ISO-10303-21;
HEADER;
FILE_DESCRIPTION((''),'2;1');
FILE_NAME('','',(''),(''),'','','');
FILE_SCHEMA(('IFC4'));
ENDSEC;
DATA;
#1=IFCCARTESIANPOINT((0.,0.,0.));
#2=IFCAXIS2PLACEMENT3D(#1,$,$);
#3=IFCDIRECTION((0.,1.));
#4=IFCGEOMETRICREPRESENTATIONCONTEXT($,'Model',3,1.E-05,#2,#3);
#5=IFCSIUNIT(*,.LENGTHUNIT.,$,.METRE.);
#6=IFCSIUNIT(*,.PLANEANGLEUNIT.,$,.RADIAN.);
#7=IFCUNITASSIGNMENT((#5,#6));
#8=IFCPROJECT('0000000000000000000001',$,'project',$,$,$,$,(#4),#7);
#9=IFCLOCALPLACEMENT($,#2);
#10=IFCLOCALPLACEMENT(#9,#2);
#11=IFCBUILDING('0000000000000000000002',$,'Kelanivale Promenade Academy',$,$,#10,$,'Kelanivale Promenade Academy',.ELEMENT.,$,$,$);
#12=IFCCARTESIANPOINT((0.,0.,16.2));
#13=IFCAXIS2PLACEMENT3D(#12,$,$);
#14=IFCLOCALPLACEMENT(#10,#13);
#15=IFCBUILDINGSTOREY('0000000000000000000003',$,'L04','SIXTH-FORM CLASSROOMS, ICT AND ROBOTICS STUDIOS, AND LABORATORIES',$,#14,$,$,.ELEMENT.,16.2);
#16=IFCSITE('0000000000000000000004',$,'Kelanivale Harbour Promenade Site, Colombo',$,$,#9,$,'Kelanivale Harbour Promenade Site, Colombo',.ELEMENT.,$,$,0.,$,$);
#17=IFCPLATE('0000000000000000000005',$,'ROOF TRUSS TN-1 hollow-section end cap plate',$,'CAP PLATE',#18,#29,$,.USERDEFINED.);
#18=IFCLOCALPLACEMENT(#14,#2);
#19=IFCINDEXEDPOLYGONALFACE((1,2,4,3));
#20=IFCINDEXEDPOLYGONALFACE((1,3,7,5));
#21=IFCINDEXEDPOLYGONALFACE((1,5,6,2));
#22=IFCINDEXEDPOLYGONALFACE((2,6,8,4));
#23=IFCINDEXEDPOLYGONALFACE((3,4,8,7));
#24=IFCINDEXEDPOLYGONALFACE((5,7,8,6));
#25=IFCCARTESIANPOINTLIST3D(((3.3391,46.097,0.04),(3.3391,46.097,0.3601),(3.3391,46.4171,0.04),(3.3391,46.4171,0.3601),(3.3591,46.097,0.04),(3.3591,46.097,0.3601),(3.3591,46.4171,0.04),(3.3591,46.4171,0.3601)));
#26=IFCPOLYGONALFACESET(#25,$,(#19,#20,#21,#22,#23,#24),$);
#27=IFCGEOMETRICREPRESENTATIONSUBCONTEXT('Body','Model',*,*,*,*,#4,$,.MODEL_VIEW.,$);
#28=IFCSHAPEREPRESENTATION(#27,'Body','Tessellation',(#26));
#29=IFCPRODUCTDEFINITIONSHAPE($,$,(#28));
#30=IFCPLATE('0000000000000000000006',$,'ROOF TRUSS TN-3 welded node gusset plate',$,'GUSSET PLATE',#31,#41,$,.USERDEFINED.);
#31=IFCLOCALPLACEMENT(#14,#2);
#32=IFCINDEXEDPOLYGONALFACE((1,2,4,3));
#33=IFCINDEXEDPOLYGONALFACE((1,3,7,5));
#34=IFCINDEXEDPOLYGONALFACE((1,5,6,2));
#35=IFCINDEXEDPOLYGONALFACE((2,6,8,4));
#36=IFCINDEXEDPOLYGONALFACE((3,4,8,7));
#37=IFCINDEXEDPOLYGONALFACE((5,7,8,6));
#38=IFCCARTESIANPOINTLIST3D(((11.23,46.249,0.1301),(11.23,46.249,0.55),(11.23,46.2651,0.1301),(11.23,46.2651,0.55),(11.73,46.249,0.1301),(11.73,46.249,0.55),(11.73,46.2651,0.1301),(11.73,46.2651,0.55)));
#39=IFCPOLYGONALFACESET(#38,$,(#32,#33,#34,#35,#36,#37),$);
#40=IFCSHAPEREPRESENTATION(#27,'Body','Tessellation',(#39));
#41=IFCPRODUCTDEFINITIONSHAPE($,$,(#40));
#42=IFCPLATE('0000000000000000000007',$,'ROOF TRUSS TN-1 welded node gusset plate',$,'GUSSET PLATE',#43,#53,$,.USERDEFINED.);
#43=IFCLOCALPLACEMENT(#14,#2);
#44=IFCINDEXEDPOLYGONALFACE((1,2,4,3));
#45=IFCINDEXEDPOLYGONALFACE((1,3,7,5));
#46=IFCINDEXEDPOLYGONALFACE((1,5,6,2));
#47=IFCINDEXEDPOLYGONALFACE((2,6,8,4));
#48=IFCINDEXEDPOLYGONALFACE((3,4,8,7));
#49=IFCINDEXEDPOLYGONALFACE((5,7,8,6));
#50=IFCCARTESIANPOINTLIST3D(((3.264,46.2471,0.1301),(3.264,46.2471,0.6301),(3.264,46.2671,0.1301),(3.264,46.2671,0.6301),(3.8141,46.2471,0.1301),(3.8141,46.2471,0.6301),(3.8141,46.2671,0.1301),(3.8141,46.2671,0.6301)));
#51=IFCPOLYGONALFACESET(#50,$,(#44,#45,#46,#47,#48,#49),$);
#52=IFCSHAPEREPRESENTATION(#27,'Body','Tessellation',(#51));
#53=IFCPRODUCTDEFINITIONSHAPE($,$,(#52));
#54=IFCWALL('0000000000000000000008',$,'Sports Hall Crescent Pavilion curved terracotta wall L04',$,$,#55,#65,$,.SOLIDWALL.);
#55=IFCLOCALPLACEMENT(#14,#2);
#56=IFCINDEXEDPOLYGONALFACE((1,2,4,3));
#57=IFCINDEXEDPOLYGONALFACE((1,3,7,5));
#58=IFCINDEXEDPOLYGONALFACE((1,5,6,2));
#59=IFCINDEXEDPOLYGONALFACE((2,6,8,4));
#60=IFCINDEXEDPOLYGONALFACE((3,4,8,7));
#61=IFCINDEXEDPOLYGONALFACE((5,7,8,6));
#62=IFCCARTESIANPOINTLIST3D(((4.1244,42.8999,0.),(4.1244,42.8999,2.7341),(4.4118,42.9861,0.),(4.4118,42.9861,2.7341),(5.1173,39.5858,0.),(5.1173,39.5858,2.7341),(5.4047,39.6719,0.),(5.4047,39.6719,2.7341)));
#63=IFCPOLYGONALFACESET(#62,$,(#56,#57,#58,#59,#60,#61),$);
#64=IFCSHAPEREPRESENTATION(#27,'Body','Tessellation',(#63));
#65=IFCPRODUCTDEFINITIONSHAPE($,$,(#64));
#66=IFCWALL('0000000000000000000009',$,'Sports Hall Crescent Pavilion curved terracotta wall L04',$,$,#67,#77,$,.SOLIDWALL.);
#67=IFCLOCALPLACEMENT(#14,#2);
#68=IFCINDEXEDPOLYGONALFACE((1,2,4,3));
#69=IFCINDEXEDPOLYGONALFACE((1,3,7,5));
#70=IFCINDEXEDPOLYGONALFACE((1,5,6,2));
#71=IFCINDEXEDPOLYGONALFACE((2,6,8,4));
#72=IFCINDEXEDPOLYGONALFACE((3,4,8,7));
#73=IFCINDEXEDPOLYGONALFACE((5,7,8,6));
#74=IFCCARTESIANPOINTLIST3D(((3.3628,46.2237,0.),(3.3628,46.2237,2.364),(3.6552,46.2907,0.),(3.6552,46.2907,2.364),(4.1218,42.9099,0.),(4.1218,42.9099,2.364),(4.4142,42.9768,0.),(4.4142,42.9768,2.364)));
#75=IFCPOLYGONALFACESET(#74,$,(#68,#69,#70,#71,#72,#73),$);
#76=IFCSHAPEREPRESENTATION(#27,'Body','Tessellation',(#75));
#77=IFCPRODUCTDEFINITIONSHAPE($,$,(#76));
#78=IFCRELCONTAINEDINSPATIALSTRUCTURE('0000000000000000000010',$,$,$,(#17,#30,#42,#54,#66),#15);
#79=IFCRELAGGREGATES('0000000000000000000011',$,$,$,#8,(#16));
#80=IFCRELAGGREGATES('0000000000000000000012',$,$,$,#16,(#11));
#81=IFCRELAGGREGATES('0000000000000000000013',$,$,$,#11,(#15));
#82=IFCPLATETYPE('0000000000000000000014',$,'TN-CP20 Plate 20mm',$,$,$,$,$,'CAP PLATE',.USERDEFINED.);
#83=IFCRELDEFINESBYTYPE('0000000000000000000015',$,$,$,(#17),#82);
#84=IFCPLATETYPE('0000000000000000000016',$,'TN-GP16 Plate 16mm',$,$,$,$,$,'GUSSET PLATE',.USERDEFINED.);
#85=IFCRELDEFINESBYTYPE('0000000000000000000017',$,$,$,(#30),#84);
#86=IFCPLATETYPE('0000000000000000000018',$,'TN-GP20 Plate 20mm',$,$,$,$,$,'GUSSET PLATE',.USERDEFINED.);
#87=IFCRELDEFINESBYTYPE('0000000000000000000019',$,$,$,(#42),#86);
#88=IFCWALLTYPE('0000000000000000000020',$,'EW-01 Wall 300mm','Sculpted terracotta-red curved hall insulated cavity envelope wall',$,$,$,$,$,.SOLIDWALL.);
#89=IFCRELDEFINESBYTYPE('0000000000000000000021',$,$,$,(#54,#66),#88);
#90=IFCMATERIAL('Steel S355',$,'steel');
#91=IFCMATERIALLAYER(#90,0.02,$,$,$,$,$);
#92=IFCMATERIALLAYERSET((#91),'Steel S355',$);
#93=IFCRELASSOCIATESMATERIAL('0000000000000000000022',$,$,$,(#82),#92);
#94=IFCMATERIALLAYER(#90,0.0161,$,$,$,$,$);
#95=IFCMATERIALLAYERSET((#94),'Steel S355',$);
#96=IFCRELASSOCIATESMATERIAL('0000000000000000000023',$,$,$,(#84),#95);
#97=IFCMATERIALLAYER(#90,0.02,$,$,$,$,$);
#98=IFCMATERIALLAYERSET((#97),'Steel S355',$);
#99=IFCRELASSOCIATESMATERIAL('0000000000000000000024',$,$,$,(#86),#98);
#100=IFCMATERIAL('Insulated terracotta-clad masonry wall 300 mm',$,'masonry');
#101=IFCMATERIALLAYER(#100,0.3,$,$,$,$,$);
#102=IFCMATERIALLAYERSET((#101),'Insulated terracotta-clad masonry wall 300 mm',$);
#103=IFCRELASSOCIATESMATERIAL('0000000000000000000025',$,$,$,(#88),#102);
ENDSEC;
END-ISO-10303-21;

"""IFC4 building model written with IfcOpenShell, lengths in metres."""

from ifc_helpers import new_model, si_unit, direction, frame, frame_2d, origin, origin_2d, place, context, subcontext, project, spatial, rectangle, extrude, material, layer, layer_set, type_object, element, save


model = new_model("IFC4")

# Units and contexts
model_context = context("Model", 3, precision=1e-05, world=origin(), true_north=direction((0.0, 1.0)))
body_context = subcontext(model_context, "Body", "Model", "MODEL_VIEW")
ifc_project = project(units=[si_unit("LENGTHUNIT", "METRE"), si_unit("PLANEANGLEUNIT", "RADIAN")], contexts=[model_context])

# Site, building, storey
site_placement = place(None, origin())
site = spatial("IfcSite", under=ifc_project, at=site_placement, Name="Kelanivale Harbour Promenade Site, Colombo", LongName="Kelanivale Harbour Promenade Site, Colombo", CompositionType="ELEMENT", RefElevation=0.0)
building_placement = place(site_placement, origin())
building = spatial("IfcBuilding", under=site, at=building_placement, Name="Kelanivale Promenade Academy", LongName="Kelanivale Promenade Academy", CompositionType="ELEMENT")
storey_placement = place(building_placement, frame((0.0, 0.0, 16.2)))
storey = spatial("IfcBuildingStorey", under=building, at=storey_placement, Name="L04", Description="SIXTH-FORM CLASSROOMS, ICT AND ROBOTICS STUDIOS, AND LABORATORIES", CompositionType="ELEMENT", Elevation=16.2)

# Shared definitions
ifc_material_1 = material(Name="Steel S355", Category="steel")

# Plates
ifc_layer_1 = layer(ifc_material_1, 0.02)
ifc_layer_set_1 = layer_set([ifc_layer_1], Name="Steel S355")
plate_type_1 = type_object("IfcPlateType", Name="TN-CP20 Plate 20mm", ElementType="CAP PLATE", PredefinedType="USERDEFINED", material=ifc_layer_set_1)
plate_1_placement = place(storey_placement, frame((3.3491, 46.2571, 0.04), z_axis=(0.0, 0.0, 1.0), x_axis=(-1.0, 0.0, 0.0)))
element("IfcPlate", 1, at=plate_1_placement, inside=storey, type_object=plate_type_1, Name="ROOF TRUSS TN-1 hollow-section end cap plate", ObjectType="CAP PLATE", PredefinedType="USERDEFINED", context=body_context, shape_type="SweptSolid", body=[
    extrude(rectangle(XDim=0.02, YDim=0.3201, at=origin_2d()), origin(), (0.0, 0.0, 1.0), 0.3201),
])
ifc_layer_2 = layer(ifc_material_1, 0.0161)
ifc_layer_set_2 = layer_set([ifc_layer_2], Name="Steel S355")
plate_type_2 = type_object("IfcPlateType", Name="TN-GP16 Plate 16mm", ElementType="GUSSET PLATE", PredefinedType="USERDEFINED", material=ifc_layer_set_2)
plate_2_placement = place(storey_placement, frame((11.48, 46.2571, 0.1301), z_axis=(0.0, 0.0, 1.0), x_axis=(1.0, 0.0, 0.0)))
element("IfcPlate", 2, at=plate_2_placement, inside=storey, type_object=plate_type_2, Name="ROOF TRUSS TN-3 welded node gusset plate", ObjectType="GUSSET PLATE", PredefinedType="USERDEFINED", context=body_context, shape_type="SweptSolid", body=[
    extrude(rectangle(XDim=0.5, YDim=0.0161, at=origin_2d()), origin(), (0.0, 0.0, 1.0), 0.4199),
])
ifc_layer_3 = layer(ifc_material_1, 0.02)
ifc_layer_set_3 = layer_set([ifc_layer_3], Name="Steel S355")
plate_type_3 = type_object("IfcPlateType", Name="TN-GP20 Plate 20mm", ElementType="GUSSET PLATE", PredefinedType="USERDEFINED", material=ifc_layer_set_3)
plate_3_placement = place(storey_placement, frame((3.5391, 46.2571, 0.1301), z_axis=(0.0, 0.0, 1.0), x_axis=(1.0, 0.0, 0.0)))
element("IfcPlate", 3, at=plate_3_placement, inside=storey, type_object=plate_type_3, Name="ROOF TRUSS TN-1 welded node gusset plate", ObjectType="GUSSET PLATE", PredefinedType="USERDEFINED", context=body_context, shape_type="SweptSolid", body=[
    extrude(rectangle(XDim=0.55, YDim=0.02, at=origin_2d()), origin(), (0.0, 0.0, 1.0), 0.5),
])

# Walls
ifc_material_2 = material(Name="Insulated terracotta-clad masonry wall 300 mm", Category="masonry")
ifc_layer_4 = layer(ifc_material_2, 0.3)
ifc_layer_set_4 = layer_set([ifc_layer_4], Name="Insulated terracotta-clad masonry wall 300 mm")
wall_type = type_object("IfcWallType", Name="EW-01 Wall 300mm", Description="Sculpted terracotta-red curved hall insulated cavity envelope wall", PredefinedType="SOLIDWALL", material=ifc_layer_set_4)
wall_1_placement = place(storey_placement, frame((4.2681, 42.9431, 0.0), z_axis=(0.0, 0.0, 1.0), x_axis=(0.286992, -0.957933, 0.0)))
element("IfcWall", 4, at=wall_1_placement, inside=storey, type_object=wall_type, Name="Sports Hall Crescent Pavilion curved terracotta wall L04", PredefinedType="SOLIDWALL", context=body_context, shape_type="SweptSolid", body=[
    extrude(rectangle(XDim=3.4597, YDim=0.3, at=frame_2d((1.73, 0.0))), origin(), (0.0, 0.0, 1.0), 2.7341),
])
wall_2_placement = place(storey_placement, frame((3.509, 46.2571, 0.0), z_axis=(0.0, 0.0, 1.0), x_axis=(0.22326, -0.974759, 0.0)))
element("IfcWall", 5, at=wall_2_placement, inside=storey, type_object=wall_type, Name="Sports Hall Crescent Pavilion curved terracotta wall L04", PredefinedType="SOLIDWALL", context=body_context, shape_type="SweptSolid", body=[
    extrude(rectangle(XDim=3.3997, YDim=0.3, at=frame_2d((1.6997, 0.0))), origin(), (0.0, 0.0, 1.0), 2.364),
])

save(model, "model.ifc")
